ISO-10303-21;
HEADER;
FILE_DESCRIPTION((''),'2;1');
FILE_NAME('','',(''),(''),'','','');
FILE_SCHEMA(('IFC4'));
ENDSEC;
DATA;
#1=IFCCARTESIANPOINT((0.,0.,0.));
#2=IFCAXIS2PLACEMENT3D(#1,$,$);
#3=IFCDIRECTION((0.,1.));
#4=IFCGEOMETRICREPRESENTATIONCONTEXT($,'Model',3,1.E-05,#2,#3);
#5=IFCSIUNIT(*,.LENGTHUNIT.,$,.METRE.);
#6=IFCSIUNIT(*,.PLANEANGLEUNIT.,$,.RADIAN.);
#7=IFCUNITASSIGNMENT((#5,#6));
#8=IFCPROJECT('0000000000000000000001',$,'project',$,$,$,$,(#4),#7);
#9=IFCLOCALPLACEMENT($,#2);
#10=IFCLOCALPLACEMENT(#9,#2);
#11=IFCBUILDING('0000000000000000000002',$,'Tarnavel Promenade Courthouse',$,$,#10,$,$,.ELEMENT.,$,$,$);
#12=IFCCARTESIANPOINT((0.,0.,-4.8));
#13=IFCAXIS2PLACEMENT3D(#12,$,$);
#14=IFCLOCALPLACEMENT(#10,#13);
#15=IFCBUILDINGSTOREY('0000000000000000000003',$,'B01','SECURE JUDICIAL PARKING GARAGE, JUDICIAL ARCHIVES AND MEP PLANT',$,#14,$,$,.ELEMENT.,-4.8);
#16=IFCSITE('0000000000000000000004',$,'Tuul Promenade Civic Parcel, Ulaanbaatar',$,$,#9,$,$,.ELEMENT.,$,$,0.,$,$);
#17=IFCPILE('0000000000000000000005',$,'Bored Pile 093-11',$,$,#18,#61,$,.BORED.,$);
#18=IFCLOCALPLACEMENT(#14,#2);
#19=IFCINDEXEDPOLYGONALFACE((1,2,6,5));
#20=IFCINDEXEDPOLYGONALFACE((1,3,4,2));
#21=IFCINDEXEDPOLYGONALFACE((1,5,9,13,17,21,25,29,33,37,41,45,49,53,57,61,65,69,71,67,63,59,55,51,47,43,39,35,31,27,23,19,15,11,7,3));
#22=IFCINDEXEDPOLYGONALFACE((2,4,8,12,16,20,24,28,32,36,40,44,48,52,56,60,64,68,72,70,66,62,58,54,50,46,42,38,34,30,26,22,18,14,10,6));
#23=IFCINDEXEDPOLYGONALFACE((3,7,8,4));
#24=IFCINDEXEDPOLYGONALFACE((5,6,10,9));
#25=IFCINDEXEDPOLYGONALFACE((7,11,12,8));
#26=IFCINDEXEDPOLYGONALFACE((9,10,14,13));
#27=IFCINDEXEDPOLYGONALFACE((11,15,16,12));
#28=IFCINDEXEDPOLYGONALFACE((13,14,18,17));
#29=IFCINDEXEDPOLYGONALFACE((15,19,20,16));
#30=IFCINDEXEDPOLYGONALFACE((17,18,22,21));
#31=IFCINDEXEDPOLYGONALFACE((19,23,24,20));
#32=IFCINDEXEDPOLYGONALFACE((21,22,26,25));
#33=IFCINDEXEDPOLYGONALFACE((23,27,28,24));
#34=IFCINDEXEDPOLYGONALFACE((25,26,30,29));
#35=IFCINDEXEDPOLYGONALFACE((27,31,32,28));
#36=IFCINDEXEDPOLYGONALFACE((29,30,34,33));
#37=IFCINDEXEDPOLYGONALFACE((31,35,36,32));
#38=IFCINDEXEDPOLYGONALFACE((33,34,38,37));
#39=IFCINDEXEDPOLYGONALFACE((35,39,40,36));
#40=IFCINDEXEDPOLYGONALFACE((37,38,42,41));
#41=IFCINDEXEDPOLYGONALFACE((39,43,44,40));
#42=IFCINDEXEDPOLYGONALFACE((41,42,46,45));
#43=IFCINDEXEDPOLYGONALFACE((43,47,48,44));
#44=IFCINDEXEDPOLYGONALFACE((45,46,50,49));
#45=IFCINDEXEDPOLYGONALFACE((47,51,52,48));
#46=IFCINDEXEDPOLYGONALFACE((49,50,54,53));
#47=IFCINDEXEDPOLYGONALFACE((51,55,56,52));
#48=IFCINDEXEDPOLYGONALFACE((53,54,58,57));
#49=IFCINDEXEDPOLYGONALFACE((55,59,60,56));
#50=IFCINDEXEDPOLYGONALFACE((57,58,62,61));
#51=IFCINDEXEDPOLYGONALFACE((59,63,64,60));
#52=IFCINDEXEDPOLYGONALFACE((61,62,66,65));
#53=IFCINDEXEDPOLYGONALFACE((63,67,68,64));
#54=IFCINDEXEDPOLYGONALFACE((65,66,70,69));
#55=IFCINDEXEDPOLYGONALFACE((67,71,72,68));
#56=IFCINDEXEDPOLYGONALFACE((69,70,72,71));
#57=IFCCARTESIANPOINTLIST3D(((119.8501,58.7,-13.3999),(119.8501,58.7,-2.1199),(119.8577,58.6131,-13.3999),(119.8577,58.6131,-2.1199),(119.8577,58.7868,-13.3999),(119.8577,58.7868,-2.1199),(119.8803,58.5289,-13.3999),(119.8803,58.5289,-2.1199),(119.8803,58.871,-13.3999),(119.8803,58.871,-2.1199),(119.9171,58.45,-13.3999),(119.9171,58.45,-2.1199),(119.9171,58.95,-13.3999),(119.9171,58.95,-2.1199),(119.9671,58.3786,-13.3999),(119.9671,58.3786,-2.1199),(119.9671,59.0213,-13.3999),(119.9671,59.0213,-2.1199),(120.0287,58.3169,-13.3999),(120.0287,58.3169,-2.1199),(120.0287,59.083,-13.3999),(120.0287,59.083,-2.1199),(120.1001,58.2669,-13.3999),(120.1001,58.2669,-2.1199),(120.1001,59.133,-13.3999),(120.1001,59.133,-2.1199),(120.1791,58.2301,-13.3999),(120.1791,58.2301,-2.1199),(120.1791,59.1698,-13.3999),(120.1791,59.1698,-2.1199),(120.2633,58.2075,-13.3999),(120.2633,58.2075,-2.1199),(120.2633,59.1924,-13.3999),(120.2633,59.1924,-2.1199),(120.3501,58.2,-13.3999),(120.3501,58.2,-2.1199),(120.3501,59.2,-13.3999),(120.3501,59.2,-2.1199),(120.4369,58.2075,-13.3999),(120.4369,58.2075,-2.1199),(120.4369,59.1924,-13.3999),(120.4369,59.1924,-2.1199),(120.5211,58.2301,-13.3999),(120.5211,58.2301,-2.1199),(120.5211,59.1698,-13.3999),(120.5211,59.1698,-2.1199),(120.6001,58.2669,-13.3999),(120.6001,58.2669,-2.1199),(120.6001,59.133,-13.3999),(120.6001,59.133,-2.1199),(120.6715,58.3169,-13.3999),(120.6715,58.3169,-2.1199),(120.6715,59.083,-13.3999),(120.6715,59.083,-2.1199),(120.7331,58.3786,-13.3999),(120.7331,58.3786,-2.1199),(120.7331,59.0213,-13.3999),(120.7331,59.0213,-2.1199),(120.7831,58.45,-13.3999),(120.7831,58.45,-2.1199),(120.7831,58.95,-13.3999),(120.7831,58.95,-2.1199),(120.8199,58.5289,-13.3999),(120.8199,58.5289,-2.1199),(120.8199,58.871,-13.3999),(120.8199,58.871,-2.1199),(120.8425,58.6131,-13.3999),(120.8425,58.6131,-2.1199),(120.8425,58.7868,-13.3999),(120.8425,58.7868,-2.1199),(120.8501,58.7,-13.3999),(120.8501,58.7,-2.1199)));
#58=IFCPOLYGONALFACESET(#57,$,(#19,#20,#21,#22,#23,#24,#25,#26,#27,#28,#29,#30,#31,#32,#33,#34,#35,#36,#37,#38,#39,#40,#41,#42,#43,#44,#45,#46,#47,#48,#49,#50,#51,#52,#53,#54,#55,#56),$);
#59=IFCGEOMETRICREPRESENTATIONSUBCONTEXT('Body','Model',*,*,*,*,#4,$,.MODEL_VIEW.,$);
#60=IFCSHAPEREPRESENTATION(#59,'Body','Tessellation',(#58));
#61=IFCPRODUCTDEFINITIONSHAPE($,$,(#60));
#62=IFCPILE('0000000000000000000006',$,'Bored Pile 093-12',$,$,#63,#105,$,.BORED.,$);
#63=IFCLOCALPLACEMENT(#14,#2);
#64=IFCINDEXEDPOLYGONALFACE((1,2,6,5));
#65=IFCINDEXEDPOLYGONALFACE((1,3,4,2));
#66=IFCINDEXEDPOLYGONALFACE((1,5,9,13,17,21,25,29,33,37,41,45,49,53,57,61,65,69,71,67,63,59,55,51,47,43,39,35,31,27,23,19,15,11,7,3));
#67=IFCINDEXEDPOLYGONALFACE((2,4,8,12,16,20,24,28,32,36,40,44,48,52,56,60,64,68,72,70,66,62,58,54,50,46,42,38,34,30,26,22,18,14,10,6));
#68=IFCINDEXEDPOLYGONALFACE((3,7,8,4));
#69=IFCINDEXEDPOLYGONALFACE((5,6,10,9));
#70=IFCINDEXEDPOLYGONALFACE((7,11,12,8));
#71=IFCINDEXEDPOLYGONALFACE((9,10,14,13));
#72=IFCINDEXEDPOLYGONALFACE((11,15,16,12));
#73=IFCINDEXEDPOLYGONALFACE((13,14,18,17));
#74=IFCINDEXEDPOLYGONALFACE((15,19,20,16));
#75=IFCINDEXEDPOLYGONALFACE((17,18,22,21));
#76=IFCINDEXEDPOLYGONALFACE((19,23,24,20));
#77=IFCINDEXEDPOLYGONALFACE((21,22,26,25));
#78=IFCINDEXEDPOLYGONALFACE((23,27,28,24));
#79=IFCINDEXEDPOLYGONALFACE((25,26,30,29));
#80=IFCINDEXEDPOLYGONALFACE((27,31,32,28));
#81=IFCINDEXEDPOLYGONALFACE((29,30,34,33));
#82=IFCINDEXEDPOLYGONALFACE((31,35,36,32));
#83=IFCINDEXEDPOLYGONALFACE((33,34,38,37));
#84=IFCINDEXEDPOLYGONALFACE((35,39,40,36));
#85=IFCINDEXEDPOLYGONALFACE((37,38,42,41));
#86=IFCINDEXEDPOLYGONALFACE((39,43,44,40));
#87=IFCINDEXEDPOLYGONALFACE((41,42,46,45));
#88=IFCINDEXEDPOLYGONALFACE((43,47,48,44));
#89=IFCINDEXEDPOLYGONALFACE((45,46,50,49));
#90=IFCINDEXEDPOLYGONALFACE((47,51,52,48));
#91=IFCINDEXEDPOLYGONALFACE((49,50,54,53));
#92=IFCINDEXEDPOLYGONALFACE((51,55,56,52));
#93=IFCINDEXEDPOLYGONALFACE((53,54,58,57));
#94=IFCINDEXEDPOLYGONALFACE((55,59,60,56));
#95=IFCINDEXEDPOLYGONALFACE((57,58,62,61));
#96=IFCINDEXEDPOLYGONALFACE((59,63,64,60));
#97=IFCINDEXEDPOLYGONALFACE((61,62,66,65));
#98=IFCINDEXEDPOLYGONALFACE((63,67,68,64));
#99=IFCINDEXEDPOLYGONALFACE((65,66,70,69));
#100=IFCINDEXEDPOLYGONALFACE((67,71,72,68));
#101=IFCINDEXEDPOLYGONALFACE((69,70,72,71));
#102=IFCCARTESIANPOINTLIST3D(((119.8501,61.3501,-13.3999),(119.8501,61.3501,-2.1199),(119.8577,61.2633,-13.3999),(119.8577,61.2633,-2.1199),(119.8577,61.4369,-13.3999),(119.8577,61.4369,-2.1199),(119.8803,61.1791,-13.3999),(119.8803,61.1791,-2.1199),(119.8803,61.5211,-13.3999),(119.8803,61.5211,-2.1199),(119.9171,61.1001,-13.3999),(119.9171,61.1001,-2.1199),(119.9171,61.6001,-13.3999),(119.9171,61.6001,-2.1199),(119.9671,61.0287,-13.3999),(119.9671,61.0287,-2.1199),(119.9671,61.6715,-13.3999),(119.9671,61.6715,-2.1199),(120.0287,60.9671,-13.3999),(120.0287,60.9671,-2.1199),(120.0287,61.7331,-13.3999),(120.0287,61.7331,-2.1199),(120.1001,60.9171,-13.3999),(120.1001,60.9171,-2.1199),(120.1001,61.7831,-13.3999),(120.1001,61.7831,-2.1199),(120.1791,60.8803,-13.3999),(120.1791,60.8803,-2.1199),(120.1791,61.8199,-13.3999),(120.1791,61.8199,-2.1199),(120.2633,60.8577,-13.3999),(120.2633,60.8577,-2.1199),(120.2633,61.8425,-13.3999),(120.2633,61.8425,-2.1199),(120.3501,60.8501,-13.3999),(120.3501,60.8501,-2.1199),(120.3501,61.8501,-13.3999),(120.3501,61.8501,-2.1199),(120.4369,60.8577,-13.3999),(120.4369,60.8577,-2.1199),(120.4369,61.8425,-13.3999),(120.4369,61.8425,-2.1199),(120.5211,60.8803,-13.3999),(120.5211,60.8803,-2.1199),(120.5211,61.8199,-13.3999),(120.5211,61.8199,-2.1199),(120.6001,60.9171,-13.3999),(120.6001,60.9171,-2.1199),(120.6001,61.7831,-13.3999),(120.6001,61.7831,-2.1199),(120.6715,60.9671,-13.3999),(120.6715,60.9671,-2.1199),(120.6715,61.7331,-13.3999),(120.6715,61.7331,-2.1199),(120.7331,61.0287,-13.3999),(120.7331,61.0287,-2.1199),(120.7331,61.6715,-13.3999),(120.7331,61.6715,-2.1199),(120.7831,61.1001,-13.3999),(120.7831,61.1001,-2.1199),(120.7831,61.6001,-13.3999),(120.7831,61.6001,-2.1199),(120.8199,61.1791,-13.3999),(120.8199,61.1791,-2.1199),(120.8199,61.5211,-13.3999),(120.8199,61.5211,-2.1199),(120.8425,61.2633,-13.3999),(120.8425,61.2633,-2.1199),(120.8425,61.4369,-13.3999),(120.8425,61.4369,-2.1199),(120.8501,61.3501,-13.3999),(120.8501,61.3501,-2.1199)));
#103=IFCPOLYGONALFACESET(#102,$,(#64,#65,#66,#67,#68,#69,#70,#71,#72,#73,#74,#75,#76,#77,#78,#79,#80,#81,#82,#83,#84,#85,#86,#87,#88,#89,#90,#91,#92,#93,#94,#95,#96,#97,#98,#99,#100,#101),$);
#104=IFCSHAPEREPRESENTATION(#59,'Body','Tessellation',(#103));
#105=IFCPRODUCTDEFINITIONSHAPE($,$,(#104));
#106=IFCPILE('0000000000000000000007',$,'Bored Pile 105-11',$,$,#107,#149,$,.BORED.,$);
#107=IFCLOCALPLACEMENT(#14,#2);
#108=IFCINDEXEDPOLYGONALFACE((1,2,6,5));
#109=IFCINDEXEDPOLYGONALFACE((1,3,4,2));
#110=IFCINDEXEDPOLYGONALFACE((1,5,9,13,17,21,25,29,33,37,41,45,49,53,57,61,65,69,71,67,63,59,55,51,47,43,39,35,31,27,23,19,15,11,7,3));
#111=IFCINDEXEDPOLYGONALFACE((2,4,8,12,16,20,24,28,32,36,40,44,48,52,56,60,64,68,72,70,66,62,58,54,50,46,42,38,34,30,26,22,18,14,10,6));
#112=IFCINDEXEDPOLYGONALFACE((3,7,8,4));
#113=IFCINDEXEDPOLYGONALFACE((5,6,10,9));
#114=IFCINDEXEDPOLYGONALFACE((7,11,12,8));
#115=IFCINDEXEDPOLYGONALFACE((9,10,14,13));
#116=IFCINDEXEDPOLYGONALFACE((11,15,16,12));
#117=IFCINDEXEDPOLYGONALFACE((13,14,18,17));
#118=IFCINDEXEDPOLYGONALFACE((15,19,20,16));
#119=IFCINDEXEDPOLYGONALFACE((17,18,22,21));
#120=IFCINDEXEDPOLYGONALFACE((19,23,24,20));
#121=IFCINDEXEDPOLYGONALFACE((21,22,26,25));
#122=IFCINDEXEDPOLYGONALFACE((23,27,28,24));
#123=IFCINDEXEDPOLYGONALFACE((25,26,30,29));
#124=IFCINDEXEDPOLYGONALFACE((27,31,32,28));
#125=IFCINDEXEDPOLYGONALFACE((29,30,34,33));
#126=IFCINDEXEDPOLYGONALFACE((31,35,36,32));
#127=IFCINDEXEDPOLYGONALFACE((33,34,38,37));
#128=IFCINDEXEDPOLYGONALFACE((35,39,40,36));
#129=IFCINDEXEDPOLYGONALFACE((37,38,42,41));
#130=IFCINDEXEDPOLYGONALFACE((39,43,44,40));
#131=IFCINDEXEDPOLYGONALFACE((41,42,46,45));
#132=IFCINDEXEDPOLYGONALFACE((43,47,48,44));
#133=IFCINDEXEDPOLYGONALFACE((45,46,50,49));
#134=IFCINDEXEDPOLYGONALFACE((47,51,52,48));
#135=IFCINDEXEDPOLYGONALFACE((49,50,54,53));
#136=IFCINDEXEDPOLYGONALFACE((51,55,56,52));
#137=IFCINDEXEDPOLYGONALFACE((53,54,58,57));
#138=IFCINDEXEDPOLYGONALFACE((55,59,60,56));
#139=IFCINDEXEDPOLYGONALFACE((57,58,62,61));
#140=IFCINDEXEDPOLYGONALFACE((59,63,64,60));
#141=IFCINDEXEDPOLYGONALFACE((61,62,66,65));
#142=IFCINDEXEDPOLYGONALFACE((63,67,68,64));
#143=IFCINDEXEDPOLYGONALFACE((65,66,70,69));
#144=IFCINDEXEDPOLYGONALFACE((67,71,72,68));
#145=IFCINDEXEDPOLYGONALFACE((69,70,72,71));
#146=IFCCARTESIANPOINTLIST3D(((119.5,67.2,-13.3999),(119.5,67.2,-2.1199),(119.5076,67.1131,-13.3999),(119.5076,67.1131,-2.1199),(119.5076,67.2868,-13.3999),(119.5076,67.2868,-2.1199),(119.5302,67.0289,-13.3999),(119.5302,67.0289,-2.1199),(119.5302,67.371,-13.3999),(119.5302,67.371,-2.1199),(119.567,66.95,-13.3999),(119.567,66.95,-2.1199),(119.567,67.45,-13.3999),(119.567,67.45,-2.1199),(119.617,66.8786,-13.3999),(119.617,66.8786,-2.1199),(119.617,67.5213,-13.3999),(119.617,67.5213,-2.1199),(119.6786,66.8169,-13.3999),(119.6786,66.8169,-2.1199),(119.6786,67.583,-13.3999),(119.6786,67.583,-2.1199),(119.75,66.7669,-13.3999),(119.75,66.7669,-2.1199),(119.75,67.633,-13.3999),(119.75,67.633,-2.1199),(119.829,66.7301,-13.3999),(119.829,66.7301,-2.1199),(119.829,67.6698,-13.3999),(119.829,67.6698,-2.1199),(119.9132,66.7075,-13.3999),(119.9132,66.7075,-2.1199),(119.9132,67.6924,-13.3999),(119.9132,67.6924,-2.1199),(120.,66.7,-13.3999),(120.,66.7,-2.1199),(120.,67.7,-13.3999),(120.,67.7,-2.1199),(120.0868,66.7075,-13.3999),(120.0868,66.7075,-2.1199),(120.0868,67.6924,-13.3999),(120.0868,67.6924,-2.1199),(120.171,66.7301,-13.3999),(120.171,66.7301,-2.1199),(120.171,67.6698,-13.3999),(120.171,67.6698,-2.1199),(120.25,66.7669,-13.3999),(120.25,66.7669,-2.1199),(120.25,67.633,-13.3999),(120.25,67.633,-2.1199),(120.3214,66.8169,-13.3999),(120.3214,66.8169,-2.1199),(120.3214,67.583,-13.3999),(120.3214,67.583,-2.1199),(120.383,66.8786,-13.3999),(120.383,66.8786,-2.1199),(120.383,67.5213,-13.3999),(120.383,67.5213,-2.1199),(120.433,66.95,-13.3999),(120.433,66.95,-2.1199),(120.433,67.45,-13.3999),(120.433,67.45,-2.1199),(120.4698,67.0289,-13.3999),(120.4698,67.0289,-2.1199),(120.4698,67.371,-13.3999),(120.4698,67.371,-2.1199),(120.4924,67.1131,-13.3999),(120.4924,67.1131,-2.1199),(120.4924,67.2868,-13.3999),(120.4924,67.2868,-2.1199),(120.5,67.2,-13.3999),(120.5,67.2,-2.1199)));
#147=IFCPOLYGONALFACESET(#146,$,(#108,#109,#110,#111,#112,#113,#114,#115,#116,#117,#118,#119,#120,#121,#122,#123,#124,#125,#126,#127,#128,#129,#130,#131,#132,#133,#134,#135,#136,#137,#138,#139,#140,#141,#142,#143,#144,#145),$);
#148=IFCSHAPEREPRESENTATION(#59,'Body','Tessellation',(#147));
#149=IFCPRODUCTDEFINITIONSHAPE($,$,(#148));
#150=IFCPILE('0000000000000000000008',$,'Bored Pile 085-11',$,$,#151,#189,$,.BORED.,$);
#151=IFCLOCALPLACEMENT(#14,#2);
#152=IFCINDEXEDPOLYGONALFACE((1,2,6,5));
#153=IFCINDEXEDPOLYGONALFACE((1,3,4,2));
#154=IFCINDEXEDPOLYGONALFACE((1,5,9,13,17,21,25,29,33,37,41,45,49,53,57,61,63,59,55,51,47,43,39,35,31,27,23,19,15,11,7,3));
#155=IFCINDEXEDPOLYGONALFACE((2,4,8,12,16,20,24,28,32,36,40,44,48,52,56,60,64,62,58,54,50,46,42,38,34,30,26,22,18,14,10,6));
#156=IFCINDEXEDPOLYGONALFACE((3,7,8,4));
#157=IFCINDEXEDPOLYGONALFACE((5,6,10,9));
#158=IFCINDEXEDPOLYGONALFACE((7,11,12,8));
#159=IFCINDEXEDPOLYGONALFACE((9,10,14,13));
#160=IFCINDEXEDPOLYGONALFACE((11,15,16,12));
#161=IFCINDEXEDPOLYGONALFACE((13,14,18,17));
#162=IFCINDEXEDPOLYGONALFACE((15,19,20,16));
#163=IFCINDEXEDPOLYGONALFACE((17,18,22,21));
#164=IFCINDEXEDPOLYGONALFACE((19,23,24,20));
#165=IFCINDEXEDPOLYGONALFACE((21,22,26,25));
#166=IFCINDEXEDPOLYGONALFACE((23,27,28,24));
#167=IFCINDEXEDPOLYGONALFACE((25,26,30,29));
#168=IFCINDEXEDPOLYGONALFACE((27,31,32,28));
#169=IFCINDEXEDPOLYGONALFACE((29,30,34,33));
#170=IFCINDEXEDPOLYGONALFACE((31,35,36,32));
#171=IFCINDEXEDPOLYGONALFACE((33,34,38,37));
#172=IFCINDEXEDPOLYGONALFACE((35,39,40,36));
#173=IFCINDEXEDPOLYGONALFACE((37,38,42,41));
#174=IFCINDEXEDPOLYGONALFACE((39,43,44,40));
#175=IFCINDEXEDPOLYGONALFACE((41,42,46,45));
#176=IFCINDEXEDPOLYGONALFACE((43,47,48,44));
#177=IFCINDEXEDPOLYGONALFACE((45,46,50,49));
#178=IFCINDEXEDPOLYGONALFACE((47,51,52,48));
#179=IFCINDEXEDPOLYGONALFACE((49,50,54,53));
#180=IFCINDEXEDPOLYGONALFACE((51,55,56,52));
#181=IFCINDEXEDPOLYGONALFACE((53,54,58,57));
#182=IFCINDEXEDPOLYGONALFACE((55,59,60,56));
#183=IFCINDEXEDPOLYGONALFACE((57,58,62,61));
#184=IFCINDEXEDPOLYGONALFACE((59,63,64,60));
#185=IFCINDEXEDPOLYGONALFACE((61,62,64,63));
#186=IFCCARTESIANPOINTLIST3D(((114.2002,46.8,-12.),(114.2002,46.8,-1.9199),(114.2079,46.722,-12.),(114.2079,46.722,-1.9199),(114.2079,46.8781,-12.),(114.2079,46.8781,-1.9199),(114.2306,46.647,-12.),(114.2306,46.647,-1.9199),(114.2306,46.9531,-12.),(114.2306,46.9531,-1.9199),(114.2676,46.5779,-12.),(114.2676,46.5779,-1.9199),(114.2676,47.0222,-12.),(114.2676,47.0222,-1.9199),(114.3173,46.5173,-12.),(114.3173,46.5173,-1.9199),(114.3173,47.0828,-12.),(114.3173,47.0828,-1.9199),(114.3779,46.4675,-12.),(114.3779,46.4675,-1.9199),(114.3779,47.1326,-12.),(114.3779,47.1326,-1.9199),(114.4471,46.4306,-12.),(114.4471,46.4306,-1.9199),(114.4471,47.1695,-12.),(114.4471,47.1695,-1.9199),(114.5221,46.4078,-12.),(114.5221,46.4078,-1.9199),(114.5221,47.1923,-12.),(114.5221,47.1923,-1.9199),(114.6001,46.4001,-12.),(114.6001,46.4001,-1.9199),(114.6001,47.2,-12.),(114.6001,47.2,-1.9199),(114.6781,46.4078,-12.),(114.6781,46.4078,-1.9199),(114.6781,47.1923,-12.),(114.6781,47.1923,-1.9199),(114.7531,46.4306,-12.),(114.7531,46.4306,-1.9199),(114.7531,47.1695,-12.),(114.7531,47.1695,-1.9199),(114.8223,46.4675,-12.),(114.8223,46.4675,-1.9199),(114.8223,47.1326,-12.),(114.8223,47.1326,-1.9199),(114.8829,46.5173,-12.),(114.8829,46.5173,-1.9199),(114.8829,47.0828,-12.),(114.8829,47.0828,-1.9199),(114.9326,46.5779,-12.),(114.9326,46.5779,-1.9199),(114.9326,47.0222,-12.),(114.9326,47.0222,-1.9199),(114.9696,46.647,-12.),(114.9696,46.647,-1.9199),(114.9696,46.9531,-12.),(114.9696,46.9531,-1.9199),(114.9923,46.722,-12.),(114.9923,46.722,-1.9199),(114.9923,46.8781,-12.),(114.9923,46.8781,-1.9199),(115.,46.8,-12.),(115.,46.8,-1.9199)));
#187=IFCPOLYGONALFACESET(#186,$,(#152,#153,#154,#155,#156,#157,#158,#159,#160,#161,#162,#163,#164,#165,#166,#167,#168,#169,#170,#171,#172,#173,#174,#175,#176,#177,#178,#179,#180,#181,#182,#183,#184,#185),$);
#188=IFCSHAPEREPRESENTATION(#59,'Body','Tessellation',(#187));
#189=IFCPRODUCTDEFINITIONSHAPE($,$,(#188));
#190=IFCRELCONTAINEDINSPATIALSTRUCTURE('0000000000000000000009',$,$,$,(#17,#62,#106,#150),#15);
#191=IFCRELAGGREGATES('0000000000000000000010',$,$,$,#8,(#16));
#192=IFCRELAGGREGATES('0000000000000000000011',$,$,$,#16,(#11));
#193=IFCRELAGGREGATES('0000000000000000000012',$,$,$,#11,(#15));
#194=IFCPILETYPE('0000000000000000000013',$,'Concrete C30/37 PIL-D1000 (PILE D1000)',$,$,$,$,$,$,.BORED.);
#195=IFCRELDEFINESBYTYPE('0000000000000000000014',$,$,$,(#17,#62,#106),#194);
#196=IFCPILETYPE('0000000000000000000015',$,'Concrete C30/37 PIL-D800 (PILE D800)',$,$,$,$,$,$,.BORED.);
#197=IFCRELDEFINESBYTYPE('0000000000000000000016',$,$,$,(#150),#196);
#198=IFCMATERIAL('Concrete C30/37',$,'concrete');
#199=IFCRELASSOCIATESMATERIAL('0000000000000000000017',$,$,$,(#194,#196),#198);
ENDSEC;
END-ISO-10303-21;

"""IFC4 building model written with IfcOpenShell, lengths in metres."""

from ifc_helpers import new_model, si_unit, direction, frame, origin, origin_2d, place, context, subcontext, project, spatial, circle, extrude, material, material_profile, profile_set, type_object, element, save


model = new_model("IFC4")

# Units and contexts
model_context = context("Model", 3, precision=1e-05, world=origin(), true_north=direction((0.0, 1.0)))
body_context = subcontext(model_context, "Body", "Model", "MODEL_VIEW")
ifc_project = project(units=[si_unit("LENGTHUNIT", "METRE"), si_unit("PLANEANGLEUNIT", "RADIAN")], contexts=[model_context])

# Site, building, storey
site_placement = place(None, origin())
site = spatial("IfcSite", under=ifc_project, at=site_placement, Name="Tuul Promenade Civic Parcel, Ulaanbaatar", CompositionType="ELEMENT", RefElevation=0.0)
building_placement = place(site_placement, origin())
building = spatial("IfcBuilding", under=site, at=building_placement, Name="Tarnavel Promenade Courthouse", CompositionType="ELEMENT")
storey_placement = place(building_placement, frame((0.0, 0.0, -4.8)))
storey = spatial("IfcBuildingStorey", under=building, at=storey_placement, Name="B01", Description="SECURE JUDICIAL PARKING GARAGE, JUDICIAL ARCHIVES AND MEP PLANT", CompositionType="ELEMENT", Elevation=-4.8)

# Piles
ifc_material_1 = material(Name="Concrete C30/37", Category="concrete")
ifc_material_profile_1 = material_profile(ifc_material_1, circle(Radius=0.5, at=origin_2d()), Name="PILE D1000")
ifc_profile_set_1 = profile_set([ifc_material_profile_1], Name="Concrete C30/37")
pile_type_1 = type_object("IfcPileType", Name="Concrete C30/37 PIL-D1000 (PILE D1000)", PredefinedType="BORED", material=ifc_profile_set_1)
for number, where, z_axis, x_axis, name in (
    (1, (120.3501, 58.7, -2.1199), (0.0, 0.0, -1.0), (1.0, 0.0, 0.0), "Bored Pile 093-11"),
    (2, (120.3501, 61.3501, -2.1199), (0.0, 0.0, -1.0), (1.0, 0.0, 0.0), "Bored Pile 093-12"),
    (3, (120.0, 67.2, -2.1199), (0.0, 0.0, -1.0), (1.0, 0.0, 0.0), "Bored Pile 105-11"),
):
    element("IfcPile", number, at=place(storey_placement, frame(where, z_axis=z_axis, x_axis=x_axis)), inside=storey, type_object=pile_type_1, Name=name, PredefinedType="BORED", context=body_context, shape_type="SweptSolid", body=[
        extrude(circle(Radius=0.5, at=origin_2d()), origin(), (0.0, 0.0, 1.0), 11.28),
    ])
ifc_material_profile_2 = material_profile(ifc_material_1, circle(Radius=0.3999, at=origin_2d()), Name="PILE D800")
ifc_profile_set_2 = profile_set([ifc_material_profile_2], Name="Concrete C30/37")
pile_type_2 = type_object("IfcPileType", Name="Concrete C30/37 PIL-D800 (PILE D800)", PredefinedType="BORED", material=ifc_profile_set_2)
for number, where, z_axis, x_axis, name in (
    (4, (114.6001, 46.8, -1.9199), (0.0, 0.0, -1.0), (1.0, 0.0, 0.0), "Bored Pile 085-11"),
):
    element("IfcPile", number, at=place(storey_placement, frame(where, z_axis=z_axis, x_axis=x_axis)), inside=storey, type_object=pile_type_2, Name=name, PredefinedType="BORED", context=body_context, shape_type="SweptSolid", body=[
        extrude(circle(Radius=0.3999, at=origin_2d()), origin(), (0.0, 0.0, 1.0), 10.0801),
    ])

save(model, "model.ifc")
